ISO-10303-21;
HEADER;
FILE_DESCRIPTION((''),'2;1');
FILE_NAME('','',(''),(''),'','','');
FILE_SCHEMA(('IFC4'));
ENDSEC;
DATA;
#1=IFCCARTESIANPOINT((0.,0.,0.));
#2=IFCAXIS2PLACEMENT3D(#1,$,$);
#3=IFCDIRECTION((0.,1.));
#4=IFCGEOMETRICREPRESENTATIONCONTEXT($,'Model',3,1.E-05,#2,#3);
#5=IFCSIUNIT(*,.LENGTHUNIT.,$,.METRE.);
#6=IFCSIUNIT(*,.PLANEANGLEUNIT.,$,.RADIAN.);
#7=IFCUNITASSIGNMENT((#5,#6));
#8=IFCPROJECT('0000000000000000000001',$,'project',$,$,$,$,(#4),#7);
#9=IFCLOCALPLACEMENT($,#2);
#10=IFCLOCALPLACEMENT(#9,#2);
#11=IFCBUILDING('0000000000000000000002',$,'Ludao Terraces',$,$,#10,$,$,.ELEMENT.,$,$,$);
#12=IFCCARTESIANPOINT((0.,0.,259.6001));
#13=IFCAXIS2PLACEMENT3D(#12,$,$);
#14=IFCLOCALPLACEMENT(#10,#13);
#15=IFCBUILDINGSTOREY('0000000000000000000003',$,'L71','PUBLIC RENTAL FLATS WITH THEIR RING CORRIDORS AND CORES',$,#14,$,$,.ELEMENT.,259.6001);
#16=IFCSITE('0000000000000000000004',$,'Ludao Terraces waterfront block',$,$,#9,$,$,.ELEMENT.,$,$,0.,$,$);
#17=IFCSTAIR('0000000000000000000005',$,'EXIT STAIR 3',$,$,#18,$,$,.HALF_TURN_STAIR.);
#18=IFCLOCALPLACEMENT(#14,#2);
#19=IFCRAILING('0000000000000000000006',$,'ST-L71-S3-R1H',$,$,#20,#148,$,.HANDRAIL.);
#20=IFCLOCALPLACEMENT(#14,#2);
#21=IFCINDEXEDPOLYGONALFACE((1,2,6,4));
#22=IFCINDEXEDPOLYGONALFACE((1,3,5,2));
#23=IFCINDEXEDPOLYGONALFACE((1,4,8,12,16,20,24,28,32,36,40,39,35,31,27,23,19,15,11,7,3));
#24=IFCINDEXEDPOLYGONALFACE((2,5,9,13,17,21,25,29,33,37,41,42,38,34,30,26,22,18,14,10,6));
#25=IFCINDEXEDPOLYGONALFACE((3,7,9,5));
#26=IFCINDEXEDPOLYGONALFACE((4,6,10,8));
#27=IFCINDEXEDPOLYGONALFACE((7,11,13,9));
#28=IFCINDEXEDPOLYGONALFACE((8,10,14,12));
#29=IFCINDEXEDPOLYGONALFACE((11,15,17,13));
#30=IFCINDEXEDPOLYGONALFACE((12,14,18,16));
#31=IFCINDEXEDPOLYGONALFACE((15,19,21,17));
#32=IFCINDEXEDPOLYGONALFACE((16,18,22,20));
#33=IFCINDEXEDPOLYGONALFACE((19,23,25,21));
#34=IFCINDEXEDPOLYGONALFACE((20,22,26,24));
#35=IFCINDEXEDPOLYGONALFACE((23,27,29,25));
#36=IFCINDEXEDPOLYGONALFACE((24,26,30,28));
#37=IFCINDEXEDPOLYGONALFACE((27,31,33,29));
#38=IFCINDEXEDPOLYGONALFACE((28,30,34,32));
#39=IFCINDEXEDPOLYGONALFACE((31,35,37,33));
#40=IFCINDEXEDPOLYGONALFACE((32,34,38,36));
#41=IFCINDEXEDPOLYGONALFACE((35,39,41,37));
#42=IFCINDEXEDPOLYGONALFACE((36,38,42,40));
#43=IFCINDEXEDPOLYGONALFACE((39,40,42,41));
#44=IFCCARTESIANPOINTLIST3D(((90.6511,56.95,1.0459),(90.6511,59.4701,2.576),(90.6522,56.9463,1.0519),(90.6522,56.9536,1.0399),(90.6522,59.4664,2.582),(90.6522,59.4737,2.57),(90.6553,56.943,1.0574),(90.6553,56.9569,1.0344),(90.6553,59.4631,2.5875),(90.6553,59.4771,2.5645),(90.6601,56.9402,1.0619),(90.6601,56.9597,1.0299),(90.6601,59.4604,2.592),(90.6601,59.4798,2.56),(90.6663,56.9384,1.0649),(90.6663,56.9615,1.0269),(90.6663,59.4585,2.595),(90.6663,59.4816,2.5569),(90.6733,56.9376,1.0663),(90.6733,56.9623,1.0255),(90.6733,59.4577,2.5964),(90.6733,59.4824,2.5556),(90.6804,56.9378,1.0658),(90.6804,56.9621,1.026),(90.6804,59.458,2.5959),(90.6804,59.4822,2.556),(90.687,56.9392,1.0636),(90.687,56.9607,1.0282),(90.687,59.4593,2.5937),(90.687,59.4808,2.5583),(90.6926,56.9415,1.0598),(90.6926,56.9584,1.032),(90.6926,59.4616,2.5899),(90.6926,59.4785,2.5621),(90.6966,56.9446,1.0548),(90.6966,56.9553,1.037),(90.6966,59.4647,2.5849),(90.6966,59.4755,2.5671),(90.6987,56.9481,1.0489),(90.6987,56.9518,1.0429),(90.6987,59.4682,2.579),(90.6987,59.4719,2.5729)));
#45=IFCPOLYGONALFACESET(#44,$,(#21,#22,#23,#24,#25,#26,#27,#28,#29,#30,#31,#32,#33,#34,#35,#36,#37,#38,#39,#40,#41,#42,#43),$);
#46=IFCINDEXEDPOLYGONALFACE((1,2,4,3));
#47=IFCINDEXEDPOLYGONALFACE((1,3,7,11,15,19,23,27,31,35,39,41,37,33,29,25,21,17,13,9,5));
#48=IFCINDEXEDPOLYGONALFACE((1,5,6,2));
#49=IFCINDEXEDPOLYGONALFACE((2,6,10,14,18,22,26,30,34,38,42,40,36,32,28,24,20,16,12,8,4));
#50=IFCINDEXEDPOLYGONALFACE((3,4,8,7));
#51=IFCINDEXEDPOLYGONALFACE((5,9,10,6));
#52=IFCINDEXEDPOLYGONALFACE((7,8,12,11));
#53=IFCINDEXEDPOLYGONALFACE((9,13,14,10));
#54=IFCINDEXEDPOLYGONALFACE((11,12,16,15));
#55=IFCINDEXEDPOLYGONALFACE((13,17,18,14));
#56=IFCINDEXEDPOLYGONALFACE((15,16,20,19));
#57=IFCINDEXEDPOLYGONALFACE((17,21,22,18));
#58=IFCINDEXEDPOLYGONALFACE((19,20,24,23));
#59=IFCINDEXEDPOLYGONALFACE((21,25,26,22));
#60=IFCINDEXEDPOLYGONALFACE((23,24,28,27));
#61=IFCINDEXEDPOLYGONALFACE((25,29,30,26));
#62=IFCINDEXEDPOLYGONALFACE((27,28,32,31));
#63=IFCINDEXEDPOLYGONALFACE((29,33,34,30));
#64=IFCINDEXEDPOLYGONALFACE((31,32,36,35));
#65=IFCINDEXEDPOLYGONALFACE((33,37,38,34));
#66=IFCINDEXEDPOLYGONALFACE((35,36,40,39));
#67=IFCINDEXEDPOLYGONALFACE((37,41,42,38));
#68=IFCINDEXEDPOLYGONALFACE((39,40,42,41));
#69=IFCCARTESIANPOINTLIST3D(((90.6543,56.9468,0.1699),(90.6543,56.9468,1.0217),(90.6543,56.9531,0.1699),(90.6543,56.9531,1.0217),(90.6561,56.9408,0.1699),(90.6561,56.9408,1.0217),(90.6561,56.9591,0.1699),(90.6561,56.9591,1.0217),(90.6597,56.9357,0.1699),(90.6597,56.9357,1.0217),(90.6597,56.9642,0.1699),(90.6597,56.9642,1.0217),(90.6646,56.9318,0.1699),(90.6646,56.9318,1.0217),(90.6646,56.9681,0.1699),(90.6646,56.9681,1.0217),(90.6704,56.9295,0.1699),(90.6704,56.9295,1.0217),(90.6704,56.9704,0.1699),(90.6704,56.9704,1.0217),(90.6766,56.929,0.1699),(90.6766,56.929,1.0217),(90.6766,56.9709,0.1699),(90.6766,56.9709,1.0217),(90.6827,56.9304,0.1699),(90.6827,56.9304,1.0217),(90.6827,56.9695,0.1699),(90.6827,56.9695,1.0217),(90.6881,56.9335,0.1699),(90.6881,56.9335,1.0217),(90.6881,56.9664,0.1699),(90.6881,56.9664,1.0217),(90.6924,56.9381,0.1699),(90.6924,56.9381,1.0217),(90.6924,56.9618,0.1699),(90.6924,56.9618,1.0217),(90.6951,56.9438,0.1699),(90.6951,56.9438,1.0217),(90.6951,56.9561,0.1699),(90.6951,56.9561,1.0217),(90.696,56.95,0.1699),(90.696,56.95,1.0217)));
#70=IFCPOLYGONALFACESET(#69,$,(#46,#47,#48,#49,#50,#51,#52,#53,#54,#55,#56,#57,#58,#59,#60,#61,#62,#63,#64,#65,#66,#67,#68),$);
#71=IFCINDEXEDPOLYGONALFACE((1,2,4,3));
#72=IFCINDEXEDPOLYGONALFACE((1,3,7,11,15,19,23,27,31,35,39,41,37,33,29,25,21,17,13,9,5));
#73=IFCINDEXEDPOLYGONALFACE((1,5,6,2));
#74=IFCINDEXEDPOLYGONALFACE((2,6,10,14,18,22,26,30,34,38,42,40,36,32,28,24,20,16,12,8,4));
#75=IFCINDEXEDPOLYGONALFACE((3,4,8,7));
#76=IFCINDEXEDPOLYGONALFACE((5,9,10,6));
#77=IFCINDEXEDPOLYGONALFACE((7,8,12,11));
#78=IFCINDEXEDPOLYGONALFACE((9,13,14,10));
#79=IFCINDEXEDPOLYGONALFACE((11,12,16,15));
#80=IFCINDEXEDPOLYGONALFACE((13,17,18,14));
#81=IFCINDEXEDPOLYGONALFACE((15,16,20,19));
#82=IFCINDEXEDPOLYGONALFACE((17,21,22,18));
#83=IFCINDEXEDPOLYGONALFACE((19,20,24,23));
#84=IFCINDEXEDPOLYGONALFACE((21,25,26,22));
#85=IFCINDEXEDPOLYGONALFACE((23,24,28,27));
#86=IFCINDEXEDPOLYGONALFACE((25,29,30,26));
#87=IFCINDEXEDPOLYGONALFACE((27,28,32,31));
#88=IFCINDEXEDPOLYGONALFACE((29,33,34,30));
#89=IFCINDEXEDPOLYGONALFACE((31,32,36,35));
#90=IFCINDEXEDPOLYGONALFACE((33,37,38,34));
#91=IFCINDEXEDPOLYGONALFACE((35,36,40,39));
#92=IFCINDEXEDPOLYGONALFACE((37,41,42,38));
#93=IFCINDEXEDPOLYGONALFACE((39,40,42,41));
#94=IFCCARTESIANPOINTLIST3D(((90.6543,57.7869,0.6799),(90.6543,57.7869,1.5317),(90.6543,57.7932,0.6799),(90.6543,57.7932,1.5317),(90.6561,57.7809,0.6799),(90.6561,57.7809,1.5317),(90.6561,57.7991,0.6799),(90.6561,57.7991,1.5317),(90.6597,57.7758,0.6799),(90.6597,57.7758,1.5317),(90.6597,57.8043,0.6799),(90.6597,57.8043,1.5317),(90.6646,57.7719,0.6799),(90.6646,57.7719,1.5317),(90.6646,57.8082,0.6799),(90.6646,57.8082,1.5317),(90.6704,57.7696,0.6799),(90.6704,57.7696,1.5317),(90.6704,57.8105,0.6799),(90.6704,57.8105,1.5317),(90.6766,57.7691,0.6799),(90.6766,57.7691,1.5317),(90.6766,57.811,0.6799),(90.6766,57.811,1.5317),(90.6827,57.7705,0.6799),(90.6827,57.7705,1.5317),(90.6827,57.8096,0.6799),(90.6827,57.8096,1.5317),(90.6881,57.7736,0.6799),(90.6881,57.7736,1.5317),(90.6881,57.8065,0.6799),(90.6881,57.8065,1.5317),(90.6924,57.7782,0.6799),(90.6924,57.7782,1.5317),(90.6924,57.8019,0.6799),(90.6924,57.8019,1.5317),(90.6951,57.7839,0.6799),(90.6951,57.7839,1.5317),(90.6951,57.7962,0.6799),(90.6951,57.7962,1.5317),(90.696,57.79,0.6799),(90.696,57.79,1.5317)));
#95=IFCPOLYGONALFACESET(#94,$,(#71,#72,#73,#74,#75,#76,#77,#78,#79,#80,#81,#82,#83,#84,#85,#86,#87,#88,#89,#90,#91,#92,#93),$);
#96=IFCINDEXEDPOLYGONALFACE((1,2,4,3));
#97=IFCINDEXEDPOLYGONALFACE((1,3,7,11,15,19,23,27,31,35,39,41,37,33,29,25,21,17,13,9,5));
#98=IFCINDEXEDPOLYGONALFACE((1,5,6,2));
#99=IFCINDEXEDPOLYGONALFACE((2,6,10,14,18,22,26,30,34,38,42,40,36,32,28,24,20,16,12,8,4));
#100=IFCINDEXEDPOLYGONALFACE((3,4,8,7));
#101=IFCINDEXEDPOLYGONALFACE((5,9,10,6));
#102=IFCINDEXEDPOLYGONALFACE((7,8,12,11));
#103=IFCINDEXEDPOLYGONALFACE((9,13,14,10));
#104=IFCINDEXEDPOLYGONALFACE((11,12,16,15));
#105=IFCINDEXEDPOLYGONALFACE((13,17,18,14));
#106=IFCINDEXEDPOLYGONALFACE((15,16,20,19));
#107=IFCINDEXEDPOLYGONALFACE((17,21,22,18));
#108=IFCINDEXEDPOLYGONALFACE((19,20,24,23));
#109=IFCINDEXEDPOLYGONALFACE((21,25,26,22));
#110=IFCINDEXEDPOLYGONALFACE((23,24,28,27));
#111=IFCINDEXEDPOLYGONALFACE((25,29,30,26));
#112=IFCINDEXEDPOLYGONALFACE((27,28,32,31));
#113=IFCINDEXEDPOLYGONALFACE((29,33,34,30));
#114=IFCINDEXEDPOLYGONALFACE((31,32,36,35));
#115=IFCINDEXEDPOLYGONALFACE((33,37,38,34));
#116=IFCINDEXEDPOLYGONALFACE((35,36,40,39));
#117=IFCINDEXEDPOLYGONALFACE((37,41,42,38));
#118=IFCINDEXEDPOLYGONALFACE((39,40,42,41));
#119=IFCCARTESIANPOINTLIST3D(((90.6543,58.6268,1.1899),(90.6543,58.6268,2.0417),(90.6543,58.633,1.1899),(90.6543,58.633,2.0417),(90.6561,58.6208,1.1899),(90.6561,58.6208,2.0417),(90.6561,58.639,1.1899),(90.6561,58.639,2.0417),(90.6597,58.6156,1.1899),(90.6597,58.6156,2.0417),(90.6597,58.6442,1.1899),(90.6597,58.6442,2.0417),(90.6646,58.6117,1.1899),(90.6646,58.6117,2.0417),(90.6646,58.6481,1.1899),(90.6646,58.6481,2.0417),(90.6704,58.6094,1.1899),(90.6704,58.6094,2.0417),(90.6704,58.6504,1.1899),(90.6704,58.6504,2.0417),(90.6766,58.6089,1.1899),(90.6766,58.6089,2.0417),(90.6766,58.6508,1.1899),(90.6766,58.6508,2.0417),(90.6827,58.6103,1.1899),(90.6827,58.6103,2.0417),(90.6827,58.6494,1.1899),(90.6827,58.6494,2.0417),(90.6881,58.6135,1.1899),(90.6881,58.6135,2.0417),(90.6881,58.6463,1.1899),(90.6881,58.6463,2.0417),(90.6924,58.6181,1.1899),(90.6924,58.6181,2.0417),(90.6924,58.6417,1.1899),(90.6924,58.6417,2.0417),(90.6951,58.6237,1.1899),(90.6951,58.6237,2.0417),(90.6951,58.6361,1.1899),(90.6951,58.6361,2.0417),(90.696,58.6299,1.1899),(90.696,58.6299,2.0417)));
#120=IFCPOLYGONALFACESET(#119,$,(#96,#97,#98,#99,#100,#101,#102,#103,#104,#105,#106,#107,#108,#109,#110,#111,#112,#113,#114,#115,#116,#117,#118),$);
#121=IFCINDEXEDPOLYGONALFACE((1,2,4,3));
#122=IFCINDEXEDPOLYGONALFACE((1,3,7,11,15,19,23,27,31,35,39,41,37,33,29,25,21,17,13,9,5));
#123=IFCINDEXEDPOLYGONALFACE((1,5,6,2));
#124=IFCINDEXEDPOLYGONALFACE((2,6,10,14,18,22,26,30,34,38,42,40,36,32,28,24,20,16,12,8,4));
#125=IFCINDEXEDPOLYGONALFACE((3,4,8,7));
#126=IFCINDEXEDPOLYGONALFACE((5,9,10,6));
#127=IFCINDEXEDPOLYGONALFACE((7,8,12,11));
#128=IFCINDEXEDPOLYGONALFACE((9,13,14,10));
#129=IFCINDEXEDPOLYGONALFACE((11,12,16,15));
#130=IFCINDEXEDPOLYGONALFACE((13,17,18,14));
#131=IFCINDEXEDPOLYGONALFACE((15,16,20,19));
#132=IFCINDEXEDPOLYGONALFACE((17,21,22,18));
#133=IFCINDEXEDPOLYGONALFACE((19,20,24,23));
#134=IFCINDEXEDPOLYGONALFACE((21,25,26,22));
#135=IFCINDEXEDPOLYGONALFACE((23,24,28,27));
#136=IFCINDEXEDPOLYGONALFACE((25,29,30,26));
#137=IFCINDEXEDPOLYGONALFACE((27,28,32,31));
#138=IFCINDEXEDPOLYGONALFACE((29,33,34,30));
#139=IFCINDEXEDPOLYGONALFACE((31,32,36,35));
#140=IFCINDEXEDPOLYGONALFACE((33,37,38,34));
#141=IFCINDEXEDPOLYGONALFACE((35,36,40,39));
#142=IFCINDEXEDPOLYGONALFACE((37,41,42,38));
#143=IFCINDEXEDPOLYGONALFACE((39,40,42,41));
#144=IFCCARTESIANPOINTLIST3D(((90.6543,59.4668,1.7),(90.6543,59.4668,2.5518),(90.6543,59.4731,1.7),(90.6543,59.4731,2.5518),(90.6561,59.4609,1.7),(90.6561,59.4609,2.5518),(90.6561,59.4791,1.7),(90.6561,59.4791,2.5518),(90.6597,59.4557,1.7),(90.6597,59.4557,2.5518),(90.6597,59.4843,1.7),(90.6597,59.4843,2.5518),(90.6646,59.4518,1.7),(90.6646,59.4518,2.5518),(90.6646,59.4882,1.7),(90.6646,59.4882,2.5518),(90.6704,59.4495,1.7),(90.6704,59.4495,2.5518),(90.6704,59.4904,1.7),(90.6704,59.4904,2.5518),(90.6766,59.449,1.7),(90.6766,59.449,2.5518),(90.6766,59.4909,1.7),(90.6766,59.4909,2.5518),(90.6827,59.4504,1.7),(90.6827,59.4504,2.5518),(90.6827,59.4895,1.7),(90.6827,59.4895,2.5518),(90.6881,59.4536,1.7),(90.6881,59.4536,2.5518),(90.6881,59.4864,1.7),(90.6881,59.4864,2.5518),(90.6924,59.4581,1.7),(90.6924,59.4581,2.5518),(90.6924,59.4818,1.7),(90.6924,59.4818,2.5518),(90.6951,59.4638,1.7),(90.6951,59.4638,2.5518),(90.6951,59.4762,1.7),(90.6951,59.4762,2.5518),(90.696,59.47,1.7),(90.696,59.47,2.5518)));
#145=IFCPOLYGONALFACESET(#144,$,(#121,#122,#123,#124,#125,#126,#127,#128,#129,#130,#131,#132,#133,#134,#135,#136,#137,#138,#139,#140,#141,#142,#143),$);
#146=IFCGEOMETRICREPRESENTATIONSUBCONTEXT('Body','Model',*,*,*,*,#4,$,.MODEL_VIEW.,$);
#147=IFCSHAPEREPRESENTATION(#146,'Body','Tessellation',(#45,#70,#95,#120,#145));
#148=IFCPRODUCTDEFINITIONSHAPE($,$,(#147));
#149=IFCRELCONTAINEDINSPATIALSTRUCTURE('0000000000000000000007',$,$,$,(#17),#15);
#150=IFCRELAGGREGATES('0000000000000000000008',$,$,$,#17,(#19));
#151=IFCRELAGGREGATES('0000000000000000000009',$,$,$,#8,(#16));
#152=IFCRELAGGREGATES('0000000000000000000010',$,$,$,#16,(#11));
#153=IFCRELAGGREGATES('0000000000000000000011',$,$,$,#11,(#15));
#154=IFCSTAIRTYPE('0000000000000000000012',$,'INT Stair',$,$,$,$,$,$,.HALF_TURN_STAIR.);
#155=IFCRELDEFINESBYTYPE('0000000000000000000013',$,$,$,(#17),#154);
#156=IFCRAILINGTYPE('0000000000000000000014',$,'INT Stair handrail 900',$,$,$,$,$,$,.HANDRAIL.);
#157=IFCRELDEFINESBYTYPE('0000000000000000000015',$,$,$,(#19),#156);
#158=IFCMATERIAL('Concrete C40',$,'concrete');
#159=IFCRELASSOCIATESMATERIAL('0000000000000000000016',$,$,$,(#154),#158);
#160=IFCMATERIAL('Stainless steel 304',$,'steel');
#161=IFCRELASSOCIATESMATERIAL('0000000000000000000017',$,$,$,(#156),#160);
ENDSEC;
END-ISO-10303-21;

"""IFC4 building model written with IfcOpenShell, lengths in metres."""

from ifc_helpers import new_model, si_unit, direction, frame, origin, origin_2d, place, context, subcontext, project, spatial, circle, extrude, material, type_object, element, aggregate, save


model = new_model("IFC4")

# Units and contexts
model_context = context("Model", 3, precision=1e-05, world=origin(), true_north=direction((0.0, 1.0)))
body_context = subcontext(model_context, "Body", "Model", "MODEL_VIEW")
ifc_project = project(units=[si_unit("LENGTHUNIT", "METRE"), si_unit("PLANEANGLEUNIT", "RADIAN")], contexts=[model_context])

# Site, building, storey
site_placement = place(None, origin())
site = spatial("IfcSite", under=ifc_project, at=site_placement, Name="Ludao Terraces waterfront block", CompositionType="ELEMENT", RefElevation=0.0)
building_placement = place(site_placement, origin())
building = spatial("IfcBuilding", under=site, at=building_placement, Name="Ludao Terraces", CompositionType="ELEMENT")
storey_placement = place(building_placement, frame((0.0, 0.0, 259.6001)))
storey = spatial("IfcBuildingStorey", under=building, at=storey_placement, Name="L71", Description="PUBLIC RENTAL FLATS WITH THEIR RING CORRIDORS AND CORES", CompositionType="ELEMENT", Elevation=259.6001)

# Shared definitions
ifc_material_1 = material(Name="Concrete C40", Category="concrete")

# Stair, railing
stair_type = type_object("IfcStairType", Name="INT Stair", PredefinedType="HALF_TURN_STAIR", material=ifc_material_1)
stair_placement = place(storey_placement, origin())
stair = element("IfcStair", 1, at=stair_placement, inside=storey, type_object=stair_type, Name="EXIT STAIR 3", PredefinedType="HALF_TURN_STAIR")
ifc_material_2 = material(Name="Stainless steel 304", Category="steel")
railing_type_1 = type_object("IfcRailingType", Name="INT Stair handrail 900", PredefinedType="HANDRAIL", material=ifc_material_2)
railing_1_placement = place(storey_placement, frame((90.675, 56.95, 0.1699)))
railing_1 = element("IfcRailing", 2, at=railing_1_placement, type_object=railing_type_1, Name="ST-L71-S3-R1H", PredefinedType="HANDRAIL", context=body_context, shape_type="SweptSolid", body=[
    extrude(circle(Radius=0.0239, at=origin_2d()), frame((0.0, 0.0, 0.876), z_axis=(0.0, 0.854785, 0.518982), x_axis=(-1.0, 0.0, 0.0)), (0.0, 0.0, 1.0), 2.9482),
    extrude(circle(Radius=0.021, at=origin_2d()), origin(), (0.0, 0.0, 1.0), 0.8518),
    extrude(circle(Radius=0.021, at=origin_2d()), frame((0.0, 0.8401, 0.51)), (0.0, 0.0, 1.0), 0.8518),
    extrude(circle(Radius=0.021, at=origin_2d()), frame((0.0, 1.6799, 1.02)), (0.0, 0.0, 1.0), 0.8518),
    extrude(circle(Radius=0.021, at=origin_2d()), frame((0.0, 2.52, 1.53)), (0.0, 0.0, 1.0), 0.8518),
])
aggregate(stair, [railing_1])

save(model, "model.ifc")
